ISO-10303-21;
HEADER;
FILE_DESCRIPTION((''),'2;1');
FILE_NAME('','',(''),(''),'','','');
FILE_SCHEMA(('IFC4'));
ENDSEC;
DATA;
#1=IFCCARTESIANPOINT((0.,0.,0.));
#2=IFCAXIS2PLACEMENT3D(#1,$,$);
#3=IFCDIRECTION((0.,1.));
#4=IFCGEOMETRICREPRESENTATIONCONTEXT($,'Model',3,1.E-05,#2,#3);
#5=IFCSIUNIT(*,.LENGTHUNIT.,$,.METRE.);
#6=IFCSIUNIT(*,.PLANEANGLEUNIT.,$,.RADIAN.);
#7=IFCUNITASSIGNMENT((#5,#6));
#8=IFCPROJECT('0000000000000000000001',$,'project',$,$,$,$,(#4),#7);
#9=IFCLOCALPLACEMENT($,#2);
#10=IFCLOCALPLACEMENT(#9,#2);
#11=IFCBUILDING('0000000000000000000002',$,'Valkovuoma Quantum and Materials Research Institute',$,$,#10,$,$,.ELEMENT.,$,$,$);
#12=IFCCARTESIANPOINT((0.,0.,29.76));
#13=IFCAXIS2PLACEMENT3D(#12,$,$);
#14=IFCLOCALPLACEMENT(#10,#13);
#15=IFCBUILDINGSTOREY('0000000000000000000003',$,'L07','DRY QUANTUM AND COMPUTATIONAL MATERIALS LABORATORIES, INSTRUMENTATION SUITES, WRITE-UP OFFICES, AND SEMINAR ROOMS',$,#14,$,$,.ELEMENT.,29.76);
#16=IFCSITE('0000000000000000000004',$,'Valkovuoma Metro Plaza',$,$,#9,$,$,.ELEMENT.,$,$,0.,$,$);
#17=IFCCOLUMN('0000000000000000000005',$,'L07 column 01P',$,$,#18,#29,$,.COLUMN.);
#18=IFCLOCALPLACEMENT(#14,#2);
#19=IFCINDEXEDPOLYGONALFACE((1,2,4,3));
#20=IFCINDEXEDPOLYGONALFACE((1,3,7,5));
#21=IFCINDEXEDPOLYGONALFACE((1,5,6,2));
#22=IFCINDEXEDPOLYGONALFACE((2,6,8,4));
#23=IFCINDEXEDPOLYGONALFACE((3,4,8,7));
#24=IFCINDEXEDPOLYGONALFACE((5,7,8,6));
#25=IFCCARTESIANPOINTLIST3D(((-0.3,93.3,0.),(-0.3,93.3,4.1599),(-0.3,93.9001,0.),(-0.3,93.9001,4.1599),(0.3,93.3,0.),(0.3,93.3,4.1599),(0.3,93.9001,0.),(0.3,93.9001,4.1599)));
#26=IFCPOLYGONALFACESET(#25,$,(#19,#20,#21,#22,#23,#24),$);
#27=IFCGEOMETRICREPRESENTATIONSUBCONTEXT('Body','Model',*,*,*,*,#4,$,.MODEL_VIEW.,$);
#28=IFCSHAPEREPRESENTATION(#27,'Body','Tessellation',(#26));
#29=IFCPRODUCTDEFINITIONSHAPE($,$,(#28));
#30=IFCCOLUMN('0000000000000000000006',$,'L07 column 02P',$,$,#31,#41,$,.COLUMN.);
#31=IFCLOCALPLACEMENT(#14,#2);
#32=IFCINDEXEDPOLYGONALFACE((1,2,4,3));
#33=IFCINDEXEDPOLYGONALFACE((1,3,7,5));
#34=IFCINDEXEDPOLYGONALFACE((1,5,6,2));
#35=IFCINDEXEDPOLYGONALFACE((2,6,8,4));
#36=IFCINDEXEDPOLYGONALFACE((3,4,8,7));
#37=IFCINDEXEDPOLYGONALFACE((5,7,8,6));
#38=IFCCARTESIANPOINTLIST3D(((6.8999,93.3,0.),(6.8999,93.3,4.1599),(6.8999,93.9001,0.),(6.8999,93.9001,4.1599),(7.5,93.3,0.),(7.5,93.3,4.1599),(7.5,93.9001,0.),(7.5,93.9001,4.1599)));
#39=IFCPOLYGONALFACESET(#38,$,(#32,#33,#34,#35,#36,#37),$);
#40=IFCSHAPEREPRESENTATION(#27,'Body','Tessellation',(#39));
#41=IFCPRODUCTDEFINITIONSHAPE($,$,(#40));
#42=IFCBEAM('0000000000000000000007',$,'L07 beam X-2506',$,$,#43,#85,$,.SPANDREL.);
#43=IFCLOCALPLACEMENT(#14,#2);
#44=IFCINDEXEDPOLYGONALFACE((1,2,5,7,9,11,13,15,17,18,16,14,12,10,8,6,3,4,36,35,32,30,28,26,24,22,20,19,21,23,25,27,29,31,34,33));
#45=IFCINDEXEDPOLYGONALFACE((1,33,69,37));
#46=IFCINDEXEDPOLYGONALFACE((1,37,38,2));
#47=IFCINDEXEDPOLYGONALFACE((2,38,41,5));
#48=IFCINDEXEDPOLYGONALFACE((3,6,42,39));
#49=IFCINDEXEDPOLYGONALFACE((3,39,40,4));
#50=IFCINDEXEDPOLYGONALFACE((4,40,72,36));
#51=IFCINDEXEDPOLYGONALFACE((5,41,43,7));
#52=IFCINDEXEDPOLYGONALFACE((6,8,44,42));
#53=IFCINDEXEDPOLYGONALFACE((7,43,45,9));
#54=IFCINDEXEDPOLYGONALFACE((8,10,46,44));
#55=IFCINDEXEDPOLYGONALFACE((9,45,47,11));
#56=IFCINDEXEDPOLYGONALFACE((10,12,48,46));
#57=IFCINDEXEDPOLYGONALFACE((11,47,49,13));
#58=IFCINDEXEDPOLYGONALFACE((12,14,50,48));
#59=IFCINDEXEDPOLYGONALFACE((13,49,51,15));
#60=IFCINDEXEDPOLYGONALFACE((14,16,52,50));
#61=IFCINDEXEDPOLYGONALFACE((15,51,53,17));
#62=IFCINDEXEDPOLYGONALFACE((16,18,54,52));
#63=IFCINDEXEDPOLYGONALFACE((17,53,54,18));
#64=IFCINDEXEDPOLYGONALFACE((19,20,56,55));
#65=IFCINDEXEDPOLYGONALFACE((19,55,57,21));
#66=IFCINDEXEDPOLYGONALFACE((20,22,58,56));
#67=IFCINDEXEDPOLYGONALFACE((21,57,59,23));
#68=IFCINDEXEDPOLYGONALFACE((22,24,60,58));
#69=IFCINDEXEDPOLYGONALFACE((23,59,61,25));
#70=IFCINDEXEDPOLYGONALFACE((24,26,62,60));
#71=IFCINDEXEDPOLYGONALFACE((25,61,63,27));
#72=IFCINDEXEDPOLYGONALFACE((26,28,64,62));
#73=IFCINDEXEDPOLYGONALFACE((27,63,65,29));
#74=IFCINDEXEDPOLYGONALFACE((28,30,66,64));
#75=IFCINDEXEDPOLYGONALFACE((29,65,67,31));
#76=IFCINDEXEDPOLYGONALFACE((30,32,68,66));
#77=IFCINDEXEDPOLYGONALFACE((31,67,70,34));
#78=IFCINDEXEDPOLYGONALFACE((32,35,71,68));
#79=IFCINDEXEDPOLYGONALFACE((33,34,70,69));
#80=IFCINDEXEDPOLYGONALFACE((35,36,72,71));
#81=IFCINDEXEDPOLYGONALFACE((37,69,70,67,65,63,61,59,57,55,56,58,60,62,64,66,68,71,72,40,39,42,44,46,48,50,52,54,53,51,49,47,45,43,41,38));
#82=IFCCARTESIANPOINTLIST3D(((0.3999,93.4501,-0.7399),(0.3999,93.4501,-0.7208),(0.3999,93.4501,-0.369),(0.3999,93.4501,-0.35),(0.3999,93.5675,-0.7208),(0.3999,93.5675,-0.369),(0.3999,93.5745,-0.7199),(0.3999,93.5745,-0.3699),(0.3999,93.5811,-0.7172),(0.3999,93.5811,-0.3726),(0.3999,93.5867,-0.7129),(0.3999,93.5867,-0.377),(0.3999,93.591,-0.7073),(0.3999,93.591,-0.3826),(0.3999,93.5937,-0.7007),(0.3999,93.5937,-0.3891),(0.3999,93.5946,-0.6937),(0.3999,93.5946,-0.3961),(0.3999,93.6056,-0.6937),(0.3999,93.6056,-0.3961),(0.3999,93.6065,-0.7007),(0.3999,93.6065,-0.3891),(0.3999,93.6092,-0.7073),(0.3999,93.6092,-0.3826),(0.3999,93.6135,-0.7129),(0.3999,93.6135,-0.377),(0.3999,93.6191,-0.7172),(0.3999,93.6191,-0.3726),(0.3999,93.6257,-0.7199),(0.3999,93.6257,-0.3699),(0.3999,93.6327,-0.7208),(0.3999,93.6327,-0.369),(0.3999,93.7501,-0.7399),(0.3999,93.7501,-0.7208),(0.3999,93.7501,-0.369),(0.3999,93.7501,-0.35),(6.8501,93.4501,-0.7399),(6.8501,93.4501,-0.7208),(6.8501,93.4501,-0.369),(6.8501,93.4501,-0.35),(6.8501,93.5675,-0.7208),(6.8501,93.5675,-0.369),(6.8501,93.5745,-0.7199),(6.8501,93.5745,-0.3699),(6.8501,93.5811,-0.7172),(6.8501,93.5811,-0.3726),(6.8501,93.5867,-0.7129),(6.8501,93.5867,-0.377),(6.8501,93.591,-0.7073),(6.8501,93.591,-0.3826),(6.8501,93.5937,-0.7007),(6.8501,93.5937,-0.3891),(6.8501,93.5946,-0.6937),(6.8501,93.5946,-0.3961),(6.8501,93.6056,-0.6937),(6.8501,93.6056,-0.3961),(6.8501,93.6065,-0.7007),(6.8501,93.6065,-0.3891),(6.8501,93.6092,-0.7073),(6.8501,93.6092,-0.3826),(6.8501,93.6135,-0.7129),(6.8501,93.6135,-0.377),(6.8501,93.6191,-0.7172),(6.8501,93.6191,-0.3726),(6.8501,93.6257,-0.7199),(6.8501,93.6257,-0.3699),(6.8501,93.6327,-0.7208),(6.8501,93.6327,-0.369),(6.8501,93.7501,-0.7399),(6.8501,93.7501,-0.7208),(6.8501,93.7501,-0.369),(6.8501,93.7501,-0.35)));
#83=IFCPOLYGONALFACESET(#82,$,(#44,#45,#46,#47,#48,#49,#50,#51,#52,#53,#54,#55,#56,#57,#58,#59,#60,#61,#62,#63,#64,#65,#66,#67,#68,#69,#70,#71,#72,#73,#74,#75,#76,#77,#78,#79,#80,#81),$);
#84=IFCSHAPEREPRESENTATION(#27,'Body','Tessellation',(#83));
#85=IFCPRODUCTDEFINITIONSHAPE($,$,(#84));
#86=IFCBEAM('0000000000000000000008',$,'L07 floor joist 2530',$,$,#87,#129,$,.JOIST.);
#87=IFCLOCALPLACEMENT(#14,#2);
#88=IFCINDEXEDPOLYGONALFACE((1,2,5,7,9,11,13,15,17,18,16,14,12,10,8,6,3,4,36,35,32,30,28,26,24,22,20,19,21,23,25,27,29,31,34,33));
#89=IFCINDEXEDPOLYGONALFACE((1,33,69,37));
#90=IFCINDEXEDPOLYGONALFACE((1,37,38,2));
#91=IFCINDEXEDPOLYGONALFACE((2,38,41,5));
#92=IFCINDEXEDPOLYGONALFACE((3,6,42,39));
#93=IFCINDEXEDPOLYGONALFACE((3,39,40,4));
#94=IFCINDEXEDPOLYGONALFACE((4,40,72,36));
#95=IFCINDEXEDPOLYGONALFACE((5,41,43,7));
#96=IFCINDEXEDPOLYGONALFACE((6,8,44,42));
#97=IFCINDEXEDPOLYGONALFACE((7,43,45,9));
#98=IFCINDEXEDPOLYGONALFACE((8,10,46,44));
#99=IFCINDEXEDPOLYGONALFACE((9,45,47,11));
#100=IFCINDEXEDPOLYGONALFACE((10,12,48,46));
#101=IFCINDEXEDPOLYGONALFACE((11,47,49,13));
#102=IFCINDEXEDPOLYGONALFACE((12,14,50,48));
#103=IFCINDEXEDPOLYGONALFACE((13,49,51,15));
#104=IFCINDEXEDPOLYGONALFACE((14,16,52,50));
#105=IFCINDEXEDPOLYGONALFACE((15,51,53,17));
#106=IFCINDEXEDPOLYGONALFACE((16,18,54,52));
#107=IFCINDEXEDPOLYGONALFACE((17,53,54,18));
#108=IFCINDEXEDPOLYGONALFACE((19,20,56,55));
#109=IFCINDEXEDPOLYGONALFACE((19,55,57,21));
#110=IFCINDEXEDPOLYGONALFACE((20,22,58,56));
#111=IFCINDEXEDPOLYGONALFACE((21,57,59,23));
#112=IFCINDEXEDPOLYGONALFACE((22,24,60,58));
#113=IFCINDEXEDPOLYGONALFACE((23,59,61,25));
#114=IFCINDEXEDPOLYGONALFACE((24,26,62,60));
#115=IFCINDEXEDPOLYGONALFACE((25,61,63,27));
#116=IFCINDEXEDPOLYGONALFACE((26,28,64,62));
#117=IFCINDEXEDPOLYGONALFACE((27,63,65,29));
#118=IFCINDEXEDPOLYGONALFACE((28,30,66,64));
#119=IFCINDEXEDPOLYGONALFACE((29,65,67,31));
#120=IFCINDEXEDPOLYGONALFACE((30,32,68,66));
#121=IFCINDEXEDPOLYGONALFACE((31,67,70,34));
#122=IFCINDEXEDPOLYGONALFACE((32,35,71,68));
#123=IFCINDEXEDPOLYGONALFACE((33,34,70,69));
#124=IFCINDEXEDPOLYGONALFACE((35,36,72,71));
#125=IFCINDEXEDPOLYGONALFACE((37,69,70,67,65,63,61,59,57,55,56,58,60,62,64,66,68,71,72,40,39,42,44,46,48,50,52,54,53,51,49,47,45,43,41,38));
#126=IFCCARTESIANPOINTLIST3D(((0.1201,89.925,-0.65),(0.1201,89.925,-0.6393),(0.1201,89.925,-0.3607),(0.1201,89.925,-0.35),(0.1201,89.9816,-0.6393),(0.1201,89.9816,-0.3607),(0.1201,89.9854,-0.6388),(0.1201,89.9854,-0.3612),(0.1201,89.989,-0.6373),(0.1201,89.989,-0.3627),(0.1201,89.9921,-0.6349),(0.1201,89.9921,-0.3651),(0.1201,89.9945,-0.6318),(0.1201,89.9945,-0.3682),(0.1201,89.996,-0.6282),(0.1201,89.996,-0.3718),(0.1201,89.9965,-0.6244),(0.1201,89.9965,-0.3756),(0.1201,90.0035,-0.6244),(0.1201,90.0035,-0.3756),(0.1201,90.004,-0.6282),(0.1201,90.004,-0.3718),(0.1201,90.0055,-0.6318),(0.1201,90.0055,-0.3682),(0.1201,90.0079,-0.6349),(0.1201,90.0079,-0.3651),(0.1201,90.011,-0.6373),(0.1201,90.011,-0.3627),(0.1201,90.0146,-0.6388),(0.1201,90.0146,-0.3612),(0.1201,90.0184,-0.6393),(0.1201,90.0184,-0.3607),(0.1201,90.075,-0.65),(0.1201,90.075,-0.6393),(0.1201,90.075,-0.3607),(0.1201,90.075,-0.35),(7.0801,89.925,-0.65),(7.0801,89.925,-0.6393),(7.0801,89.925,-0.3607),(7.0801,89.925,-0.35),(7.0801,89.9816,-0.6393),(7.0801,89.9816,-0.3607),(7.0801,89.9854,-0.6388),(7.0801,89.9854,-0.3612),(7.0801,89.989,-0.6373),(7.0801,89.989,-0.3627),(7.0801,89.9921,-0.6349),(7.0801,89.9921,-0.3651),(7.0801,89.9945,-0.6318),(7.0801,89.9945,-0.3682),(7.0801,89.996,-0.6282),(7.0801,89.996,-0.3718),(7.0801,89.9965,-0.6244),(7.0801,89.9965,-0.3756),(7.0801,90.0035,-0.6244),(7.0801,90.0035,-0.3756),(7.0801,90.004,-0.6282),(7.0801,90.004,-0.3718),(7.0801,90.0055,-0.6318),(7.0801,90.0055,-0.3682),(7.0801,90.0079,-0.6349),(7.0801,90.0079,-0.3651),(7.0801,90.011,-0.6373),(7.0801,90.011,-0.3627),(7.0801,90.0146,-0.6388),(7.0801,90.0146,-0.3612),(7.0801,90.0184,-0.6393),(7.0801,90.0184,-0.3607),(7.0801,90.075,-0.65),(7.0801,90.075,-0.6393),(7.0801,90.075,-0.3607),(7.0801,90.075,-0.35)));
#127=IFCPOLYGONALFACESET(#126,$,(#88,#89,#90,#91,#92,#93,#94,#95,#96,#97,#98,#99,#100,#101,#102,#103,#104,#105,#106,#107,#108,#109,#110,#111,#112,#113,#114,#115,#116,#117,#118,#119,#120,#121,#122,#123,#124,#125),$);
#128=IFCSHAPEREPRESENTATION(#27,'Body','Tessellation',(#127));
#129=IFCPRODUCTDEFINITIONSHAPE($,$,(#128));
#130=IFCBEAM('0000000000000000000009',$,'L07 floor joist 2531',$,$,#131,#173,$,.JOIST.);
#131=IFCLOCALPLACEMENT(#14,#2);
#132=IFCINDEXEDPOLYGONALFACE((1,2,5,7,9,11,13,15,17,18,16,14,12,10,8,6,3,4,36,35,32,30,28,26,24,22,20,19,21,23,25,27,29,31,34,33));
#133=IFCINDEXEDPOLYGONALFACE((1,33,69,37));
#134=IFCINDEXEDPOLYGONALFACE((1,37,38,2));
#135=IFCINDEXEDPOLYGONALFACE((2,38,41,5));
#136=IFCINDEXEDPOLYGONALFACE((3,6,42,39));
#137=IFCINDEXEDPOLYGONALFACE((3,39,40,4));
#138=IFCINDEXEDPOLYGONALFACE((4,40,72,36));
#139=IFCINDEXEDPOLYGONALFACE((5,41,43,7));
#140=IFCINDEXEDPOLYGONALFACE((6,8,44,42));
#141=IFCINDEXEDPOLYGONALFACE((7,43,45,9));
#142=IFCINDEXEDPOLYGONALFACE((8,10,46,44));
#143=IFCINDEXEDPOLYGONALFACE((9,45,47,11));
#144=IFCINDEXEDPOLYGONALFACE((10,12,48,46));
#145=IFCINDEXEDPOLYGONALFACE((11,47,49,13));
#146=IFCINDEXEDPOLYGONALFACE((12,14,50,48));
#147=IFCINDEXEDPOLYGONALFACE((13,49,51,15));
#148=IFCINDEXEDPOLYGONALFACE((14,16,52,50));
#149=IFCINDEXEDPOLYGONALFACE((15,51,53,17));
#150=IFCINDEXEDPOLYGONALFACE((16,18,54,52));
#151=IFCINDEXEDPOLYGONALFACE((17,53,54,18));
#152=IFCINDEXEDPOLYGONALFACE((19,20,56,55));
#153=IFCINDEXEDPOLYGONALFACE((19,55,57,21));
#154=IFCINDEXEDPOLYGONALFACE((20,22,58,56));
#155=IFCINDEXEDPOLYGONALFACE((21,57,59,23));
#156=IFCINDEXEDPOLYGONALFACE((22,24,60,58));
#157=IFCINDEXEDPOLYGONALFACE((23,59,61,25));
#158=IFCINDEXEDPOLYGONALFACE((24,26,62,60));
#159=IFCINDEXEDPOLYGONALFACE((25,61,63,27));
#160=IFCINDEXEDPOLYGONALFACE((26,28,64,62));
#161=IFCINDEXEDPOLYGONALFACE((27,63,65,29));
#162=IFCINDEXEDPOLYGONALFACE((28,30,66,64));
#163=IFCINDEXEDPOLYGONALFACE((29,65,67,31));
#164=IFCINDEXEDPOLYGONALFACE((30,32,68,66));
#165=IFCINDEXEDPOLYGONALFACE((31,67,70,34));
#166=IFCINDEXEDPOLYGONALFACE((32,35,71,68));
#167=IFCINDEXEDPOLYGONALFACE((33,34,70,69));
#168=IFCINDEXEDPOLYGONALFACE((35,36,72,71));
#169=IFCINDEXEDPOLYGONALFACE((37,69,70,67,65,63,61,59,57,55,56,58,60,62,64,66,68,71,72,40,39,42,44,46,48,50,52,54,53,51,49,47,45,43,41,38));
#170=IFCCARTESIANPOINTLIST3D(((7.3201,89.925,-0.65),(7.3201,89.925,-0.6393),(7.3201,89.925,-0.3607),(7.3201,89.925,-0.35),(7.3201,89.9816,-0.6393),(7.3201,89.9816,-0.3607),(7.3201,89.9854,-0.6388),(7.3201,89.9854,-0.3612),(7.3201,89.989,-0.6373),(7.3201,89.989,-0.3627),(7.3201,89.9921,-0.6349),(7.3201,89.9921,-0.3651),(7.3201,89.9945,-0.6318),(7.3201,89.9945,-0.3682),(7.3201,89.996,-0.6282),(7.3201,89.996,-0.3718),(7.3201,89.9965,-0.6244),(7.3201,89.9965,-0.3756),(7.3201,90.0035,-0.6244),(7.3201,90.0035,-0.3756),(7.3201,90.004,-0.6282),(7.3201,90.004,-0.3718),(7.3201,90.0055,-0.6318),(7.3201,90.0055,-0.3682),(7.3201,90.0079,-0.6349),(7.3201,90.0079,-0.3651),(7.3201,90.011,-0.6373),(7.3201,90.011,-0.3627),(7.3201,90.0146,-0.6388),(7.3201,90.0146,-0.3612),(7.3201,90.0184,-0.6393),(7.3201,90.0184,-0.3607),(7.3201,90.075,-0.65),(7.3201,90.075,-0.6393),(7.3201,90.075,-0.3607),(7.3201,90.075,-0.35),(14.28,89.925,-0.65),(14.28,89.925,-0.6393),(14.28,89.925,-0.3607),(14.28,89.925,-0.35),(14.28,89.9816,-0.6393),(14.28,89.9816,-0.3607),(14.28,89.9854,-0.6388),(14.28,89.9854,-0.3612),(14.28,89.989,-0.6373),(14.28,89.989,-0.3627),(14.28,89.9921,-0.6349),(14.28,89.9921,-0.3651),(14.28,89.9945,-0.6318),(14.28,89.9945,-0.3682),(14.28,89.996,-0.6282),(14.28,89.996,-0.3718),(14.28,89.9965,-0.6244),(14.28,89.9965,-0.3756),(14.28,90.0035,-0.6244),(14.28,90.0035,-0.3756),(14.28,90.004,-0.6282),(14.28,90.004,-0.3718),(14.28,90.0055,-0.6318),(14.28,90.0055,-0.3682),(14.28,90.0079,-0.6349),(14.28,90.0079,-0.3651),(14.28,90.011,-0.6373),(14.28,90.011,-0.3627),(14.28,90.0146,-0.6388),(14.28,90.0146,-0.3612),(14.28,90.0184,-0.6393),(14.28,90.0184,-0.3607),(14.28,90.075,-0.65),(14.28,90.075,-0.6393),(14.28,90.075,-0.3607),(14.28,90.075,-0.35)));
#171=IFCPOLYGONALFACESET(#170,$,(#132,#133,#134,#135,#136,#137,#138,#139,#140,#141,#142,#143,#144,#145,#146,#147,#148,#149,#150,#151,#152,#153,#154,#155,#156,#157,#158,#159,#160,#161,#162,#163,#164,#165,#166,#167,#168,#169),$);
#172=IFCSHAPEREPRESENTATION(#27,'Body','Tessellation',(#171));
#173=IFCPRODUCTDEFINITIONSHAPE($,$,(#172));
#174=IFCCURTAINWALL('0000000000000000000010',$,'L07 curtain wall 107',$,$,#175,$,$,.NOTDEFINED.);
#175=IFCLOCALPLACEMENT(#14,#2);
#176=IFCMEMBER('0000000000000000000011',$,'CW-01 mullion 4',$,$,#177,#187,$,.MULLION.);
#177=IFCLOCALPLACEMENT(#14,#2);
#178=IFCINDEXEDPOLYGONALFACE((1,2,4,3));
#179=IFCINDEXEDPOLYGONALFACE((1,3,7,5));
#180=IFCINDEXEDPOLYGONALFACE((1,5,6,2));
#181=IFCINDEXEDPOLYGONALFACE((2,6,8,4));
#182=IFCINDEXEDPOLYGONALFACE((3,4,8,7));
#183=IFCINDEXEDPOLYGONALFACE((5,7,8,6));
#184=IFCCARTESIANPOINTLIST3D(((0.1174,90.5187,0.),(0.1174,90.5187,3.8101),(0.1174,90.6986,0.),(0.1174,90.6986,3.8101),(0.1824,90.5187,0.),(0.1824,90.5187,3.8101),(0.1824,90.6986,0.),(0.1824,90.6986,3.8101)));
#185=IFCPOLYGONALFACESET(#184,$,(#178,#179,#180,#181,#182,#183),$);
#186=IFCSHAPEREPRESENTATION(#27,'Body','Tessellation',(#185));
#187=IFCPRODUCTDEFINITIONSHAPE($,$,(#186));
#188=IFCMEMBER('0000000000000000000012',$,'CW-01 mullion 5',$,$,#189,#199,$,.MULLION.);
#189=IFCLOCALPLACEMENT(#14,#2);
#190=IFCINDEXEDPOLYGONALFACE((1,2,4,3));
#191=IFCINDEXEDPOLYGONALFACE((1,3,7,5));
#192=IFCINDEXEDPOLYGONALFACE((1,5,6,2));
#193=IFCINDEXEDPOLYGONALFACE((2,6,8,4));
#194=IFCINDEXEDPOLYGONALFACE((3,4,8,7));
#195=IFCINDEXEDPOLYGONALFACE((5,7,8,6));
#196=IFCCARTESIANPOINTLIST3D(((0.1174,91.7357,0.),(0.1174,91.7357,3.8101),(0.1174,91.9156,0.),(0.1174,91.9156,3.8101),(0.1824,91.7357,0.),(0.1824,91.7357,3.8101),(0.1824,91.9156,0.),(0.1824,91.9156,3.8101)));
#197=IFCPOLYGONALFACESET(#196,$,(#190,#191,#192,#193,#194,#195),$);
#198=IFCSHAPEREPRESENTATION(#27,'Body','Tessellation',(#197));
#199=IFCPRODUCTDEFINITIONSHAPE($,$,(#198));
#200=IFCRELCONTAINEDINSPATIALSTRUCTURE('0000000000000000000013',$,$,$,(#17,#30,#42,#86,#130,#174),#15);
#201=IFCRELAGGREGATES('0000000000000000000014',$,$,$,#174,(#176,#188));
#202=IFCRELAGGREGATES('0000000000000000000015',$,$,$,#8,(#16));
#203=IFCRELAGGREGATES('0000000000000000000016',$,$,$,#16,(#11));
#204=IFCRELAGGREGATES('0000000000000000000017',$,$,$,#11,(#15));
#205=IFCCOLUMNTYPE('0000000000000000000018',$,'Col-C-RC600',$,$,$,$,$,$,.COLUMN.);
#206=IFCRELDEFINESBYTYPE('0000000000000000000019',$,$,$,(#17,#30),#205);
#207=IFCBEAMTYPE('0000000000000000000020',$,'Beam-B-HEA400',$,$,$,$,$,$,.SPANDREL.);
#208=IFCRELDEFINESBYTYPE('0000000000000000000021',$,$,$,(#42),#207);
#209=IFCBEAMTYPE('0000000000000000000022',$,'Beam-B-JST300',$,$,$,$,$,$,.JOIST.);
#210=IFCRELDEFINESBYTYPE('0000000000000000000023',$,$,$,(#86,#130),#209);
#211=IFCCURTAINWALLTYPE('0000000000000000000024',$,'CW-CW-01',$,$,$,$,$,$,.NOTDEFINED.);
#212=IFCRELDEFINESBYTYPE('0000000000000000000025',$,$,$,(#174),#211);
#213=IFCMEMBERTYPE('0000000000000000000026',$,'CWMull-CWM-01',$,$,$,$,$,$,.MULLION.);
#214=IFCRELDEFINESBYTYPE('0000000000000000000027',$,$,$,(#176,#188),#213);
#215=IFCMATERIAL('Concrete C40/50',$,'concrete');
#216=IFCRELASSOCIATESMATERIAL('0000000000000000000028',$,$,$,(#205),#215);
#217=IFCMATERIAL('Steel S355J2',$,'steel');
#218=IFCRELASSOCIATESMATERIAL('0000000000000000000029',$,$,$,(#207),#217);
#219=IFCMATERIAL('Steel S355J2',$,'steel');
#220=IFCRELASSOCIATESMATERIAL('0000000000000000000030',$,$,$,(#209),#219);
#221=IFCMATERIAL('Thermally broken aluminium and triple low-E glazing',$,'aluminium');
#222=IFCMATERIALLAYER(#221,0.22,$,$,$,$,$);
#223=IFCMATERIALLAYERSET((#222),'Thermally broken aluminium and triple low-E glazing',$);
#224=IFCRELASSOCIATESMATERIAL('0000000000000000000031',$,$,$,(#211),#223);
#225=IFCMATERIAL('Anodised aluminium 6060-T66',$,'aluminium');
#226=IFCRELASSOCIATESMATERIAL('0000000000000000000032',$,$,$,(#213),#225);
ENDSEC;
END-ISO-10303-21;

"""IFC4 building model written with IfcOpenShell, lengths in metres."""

from ifc_helpers import new_model, si_unit, direction, frame, origin, origin_2d, place, context, subcontext, project, spatial, rectangle, i_section, extrude, material, layer, layer_set, material_profile, profile_set, type_object, element, aggregate, save


model = new_model("IFC4")

# Units and contexts
model_context = context("Model", 3, precision=1e-05, world=origin(), true_north=direction((0.0, 1.0)))
body_context = subcontext(model_context, "Body", "Model", "MODEL_VIEW")
ifc_project = project(units=[si_unit("LENGTHUNIT", "METRE"), si_unit("PLANEANGLEUNIT", "RADIAN")], contexts=[model_context])

# Site, building, storey
site_placement = place(None, origin())
site = spatial("IfcSite", under=ifc_project, at=site_placement, Name="Valkovuoma Metro Plaza", CompositionType="ELEMENT", RefElevation=0.0)
building_placement = place(site_placement, origin())
building = spatial("IfcBuilding", under=site, at=building_placement, Name="Valkovuoma Quantum and Materials Research Institute", CompositionType="ELEMENT")
storey_placement = place(building_placement, frame((0.0, 0.0, 29.76)))
storey = spatial("IfcBuildingStorey", under=building, at=storey_placement, Name="L07", Description="DRY QUANTUM AND COMPUTATIONAL MATERIALS LABORATORIES, INSTRUMENTATION SUITES, WRITE-UP OFFICES, AND SEMINAR ROOMS", CompositionType="ELEMENT", Elevation=29.76)

# Columns
ifc_material_1 = material(Name="Concrete C40/50", Category="concrete")
ifc_material_profile_1 = material_profile(ifc_material_1, rectangle(XDim=0.6001, YDim=0.6001, at=origin_2d()), Name="Concrete C40/50")
ifc_profile_set_1 = profile_set([ifc_material_profile_1], Name="Concrete C40/50")
column_type = type_object("IfcColumnType", Name="Col-C-RC600", PredefinedType="COLUMN", material=ifc_profile_set_1)
for number, where, z_axis, x_axis, name in (
    (1, (0.0, 93.6001, 0.0), (0.0, 0.0, 1.0), (1.0, 0.0, 0.0), "L07 column 01P"),
    (2, (7.2, 93.6001, 0.0), (0.0, 0.0, 1.0), (1.0, 0.0, 0.0), "L07 column 02P"),
):
    element("IfcColumn", number, at=place(storey_placement, frame(where, z_axis=z_axis, x_axis=x_axis)), inside=storey, type_object=column_type, Name=name, PredefinedType="COLUMN", context=body_context, shape_type="SweptSolid", body=[
        extrude(rectangle(XDim=0.6001, YDim=0.6001, at=origin_2d()), origin(), (0.0, 0.0, 1.0), 4.1599),
    ])

# Beams
ifc_material_2 = material(Name="Steel S355J2", Category="steel")
ifc_material_profile_2 = material_profile(ifc_material_2, i_section(OverallWidth=0.3, OverallDepth=0.3899, WebThickness=0.011, FlangeThickness=0.019, FilletRadius=0.0271, at=origin_2d()), Name="Steel S355J2")
ifc_profile_set_2 = profile_set([ifc_material_profile_2], Name="Steel S355J2")
beam_type_1 = type_object("IfcBeamType", Name="Beam-B-HEA400", PredefinedType="SPANDREL", material=ifc_profile_set_2)
beam_placement = place(storey_placement, frame((0.3999, 93.6001, -0.5449), z_axis=(1.0, 0.0, 0.0), x_axis=(0.0, 1.0, 0.0)))
element("IfcBeam", 3, at=beam_placement, inside=storey, type_object=beam_type_1, Name="L07 beam X-2506", PredefinedType="SPANDREL", context=body_context, shape_type="SweptSolid", body=[
    extrude(i_section(OverallWidth=0.3, OverallDepth=0.3899, WebThickness=0.011, FlangeThickness=0.019, FilletRadius=0.0271, at=origin_2d()), origin(), (0.0, 0.0, 1.0), 6.4502),
])
ifc_material_3 = material(Name="Steel S355J2", Category="steel")
ifc_material_profile_3 = material_profile(ifc_material_3, i_section(OverallWidth=0.1499, OverallDepth=0.3, WebThickness=0.0071, FlangeThickness=0.0107, FilletRadius=0.0149, at=origin_2d()), Name="Steel S355J2")
ifc_profile_set_3 = profile_set([ifc_material_profile_3], Name="Steel S355J2")
beam_type_2 = type_object("IfcBeamType", Name="Beam-B-JST300", PredefinedType="JOIST", material=ifc_profile_set_3)
for number, where, z_axis, x_axis, name in (
    (4, (0.1201, 90.0, -0.5), (1.0, 0.0, 0.0), (0.0, 1.0, 0.0), "L07 floor joist 2530"),
    (5, (7.3201, 90.0, -0.5), (1.0, 0.0, 0.0), (0.0, 1.0, 0.0), "L07 floor joist 2531"),
):
    element("IfcBeam", number, at=place(storey_placement, frame(where, z_axis=z_axis, x_axis=x_axis)), inside=storey, type_object=beam_type_2, Name=name, PredefinedType="JOIST", context=body_context, shape_type="SweptSolid", body=[
        extrude(i_section(OverallWidth=0.1499, OverallDepth=0.3, WebThickness=0.0071, FlangeThickness=0.0107, FilletRadius=0.0149, at=origin_2d()), origin(), (0.0, 0.0, 1.0), 6.96),
    ])

# Curtain wall, members
ifc_material_4 = material(Name="Thermally broken aluminium and triple low-E glazing", Category="aluminium")
ifc_layer_1 = layer(ifc_material_4, 0.22)
ifc_layer_set_1 = layer_set([ifc_layer_1], Name="Thermally broken aluminium and triple low-E glazing")
curtain_wall_type = type_object("IfcCurtainWallType", Name="CW-CW-01", PredefinedType="NOTDEFINED", material=ifc_layer_set_1)
curtain_wall_placement = place(storey_placement, origin())
curtain_wall = element("IfcCurtainWall", 6, at=curtain_wall_placement, inside=storey, type_object=curtain_wall_type, Name="L07 curtain wall 107", PredefinedType="NOTDEFINED")
ifc_material_5 = material(Name="Anodised aluminium 6060-T66", Category="aluminium")
ifc_material_profile_4 = material_profile(ifc_material_5, rectangle(XDim=0.0649, YDim=0.1799, at=origin_2d()), Name="Anodised aluminium 6060-T66")
ifc_profile_set_4 = profile_set([ifc_material_profile_4], Name="Anodised aluminium 6060-T66")
member_type_1 = type_object("IfcMemberType", Name="CWMull-CWM-01", PredefinedType="MULLION", material=ifc_profile_set_4)
member_1_placement = place(storey_placement, frame((0.1499, 90.6086, 0.0), z_axis=(0.0, 0.0, 1.0), x_axis=(-1.0, 0.0, 0.0)))
member_1 = element("IfcMember", 7, at=member_1_placement, type_object=member_type_1, Name="CW-01 mullion 4", PredefinedType="MULLION", context=body_context, shape_type="SweptSolid", body=[
    extrude(rectangle(XDim=0.0649, YDim=0.1799, at=origin_2d()), origin(), (0.0, 0.0, 1.0), 3.8101),
])
member_2_placement = place(storey_placement, frame((0.1499, 91.8257, 0.0), z_axis=(0.0, 0.0, 1.0), x_axis=(-1.0, 0.0, 0.0)))
member_2 = element("IfcMember", 8, at=member_2_placement, type_object=member_type_1, Name="CW-01 mullion 5", PredefinedType="MULLION", context=body_context, shape_type="SweptSolid", body=[
    extrude(rectangle(XDim=0.0649, YDim=0.1799, at=origin_2d()), origin(), (0.0, 0.0, 1.0), 3.8101),
])
aggregate(curtain_wall, [member_1, member_2])

save(model, "model.ifc")
